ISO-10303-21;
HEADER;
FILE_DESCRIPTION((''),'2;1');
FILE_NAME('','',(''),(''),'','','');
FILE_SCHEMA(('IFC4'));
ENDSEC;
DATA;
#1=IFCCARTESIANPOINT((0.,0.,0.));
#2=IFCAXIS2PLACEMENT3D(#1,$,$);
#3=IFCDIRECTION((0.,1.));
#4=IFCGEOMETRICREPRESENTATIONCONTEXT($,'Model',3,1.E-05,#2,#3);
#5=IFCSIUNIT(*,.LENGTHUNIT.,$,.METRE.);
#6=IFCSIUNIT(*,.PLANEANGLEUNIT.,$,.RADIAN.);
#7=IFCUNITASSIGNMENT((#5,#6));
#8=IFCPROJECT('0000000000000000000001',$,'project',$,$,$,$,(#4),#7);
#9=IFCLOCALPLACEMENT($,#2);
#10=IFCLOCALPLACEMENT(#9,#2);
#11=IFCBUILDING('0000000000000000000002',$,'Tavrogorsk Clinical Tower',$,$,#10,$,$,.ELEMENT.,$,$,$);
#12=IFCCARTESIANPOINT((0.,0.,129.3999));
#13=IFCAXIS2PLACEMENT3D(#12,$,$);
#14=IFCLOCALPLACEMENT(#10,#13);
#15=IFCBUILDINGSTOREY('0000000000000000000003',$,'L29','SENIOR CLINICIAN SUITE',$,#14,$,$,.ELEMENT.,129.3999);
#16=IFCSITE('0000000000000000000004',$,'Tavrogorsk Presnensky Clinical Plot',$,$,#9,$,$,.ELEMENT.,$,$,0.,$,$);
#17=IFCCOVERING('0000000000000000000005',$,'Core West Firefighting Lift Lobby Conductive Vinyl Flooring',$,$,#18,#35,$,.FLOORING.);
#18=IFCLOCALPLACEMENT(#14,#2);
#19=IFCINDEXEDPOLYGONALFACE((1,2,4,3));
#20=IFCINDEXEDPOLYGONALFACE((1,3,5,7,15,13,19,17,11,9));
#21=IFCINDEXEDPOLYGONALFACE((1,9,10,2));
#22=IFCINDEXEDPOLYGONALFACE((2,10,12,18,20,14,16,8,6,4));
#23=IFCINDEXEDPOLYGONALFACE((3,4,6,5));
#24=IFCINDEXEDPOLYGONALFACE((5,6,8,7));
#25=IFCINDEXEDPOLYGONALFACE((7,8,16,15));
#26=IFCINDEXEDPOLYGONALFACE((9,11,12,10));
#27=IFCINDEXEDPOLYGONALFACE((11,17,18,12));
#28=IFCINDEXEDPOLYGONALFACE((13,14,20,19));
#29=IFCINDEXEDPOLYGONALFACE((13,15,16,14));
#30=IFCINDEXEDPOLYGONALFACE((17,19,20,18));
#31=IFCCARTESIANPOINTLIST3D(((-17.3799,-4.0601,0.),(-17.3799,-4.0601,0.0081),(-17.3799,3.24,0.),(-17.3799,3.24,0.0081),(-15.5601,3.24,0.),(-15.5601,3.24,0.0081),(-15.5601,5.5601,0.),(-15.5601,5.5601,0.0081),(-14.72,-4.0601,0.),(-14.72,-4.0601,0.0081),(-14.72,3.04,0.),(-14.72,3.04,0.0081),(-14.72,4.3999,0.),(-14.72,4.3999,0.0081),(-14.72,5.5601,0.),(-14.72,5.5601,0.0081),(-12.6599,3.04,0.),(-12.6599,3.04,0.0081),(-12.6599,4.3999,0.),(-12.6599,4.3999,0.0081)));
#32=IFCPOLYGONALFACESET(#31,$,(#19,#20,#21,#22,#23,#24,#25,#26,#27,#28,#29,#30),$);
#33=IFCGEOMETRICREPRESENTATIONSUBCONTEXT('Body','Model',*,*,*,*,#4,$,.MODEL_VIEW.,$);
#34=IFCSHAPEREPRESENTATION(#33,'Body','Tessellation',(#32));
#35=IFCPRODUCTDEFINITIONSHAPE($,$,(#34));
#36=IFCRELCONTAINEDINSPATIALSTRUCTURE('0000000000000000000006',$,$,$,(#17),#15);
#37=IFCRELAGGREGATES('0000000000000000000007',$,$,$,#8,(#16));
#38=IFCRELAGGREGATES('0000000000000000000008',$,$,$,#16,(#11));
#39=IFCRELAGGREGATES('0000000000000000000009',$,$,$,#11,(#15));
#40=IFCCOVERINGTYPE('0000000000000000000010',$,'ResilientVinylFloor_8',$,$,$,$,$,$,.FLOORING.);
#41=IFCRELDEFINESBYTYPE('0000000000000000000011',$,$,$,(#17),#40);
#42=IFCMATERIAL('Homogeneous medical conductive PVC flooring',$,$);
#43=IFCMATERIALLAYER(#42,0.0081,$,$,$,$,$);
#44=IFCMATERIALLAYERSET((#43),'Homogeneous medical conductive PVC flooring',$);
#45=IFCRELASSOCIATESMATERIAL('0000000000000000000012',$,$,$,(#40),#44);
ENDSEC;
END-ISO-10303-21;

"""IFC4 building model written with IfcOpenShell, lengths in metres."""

from ifc_helpers import new_model, si_unit, direction, frame, origin, place, context, subcontext, project, spatial, polyline, outline, extrude, material, layer, layer_set, type_object, element, save


model = new_model("IFC4")

# Units and contexts
model_context = context("Model", 3, precision=1e-05, world=origin(), true_north=direction((0.0, 1.0)))
body_context = subcontext(model_context, "Body", "Model", "MODEL_VIEW")
ifc_project = project(units=[si_unit("LENGTHUNIT", "METRE"), si_unit("PLANEANGLEUNIT", "RADIAN")], contexts=[model_context])

# Site, building, storey
site_placement = place(None, origin())
site = spatial("IfcSite", under=ifc_project, at=site_placement, Name="Tavrogorsk Presnensky Clinical Plot", CompositionType="ELEMENT", RefElevation=0.0)
building_placement = place(site_placement, origin())
building = spatial("IfcBuilding", under=site, at=building_placement, Name="Tavrogorsk Clinical Tower", CompositionType="ELEMENT")
storey_placement = place(building_placement, frame((0.0, 0.0, 129.3999)))
storey = spatial("IfcBuildingStorey", under=building, at=storey_placement, Name="L29", Description="SENIOR CLINICIAN SUITE", CompositionType="ELEMENT", Elevation=129.3999)

# Covering
ifc_material_1 = material(Name="Homogeneous medical conductive PVC flooring")
ifc_layer_1 = layer(ifc_material_1, 0.0081)
ifc_layer_set_1 = layer_set([ifc_layer_1], Name="Homogeneous medical conductive PVC flooring")
covering_type_1 = type_object("IfcCoveringType", Name="ResilientVinylFloor_8", PredefinedType="FLOORING", material=ifc_layer_set_1)
covering_1_placement = place(storey_placement, origin())
element("IfcCovering", 1, at=covering_1_placement, inside=storey, type_object=covering_type_1, Name="Core West Firefighting Lift Lobby Conductive Vinyl Flooring", PredefinedType="FLOORING", context=body_context, shape_type="SweptSolid", body=[
    extrude(outline(polyline([(-17.3799, -4.0601), (-17.3799, 3.24), (-15.5601, 3.24), (-15.5601, 5.5601), (-14.72, 5.5601), (-14.72, 4.3999), (-12.6599, 4.3999), (-12.6599, 3.04), (-14.72, 3.04), (-14.72, -4.0601), (-17.3799, -4.0601)])), origin(), (0.0, 0.0, 1.0), 0.0081),
])

save(model, "model.ifc")
